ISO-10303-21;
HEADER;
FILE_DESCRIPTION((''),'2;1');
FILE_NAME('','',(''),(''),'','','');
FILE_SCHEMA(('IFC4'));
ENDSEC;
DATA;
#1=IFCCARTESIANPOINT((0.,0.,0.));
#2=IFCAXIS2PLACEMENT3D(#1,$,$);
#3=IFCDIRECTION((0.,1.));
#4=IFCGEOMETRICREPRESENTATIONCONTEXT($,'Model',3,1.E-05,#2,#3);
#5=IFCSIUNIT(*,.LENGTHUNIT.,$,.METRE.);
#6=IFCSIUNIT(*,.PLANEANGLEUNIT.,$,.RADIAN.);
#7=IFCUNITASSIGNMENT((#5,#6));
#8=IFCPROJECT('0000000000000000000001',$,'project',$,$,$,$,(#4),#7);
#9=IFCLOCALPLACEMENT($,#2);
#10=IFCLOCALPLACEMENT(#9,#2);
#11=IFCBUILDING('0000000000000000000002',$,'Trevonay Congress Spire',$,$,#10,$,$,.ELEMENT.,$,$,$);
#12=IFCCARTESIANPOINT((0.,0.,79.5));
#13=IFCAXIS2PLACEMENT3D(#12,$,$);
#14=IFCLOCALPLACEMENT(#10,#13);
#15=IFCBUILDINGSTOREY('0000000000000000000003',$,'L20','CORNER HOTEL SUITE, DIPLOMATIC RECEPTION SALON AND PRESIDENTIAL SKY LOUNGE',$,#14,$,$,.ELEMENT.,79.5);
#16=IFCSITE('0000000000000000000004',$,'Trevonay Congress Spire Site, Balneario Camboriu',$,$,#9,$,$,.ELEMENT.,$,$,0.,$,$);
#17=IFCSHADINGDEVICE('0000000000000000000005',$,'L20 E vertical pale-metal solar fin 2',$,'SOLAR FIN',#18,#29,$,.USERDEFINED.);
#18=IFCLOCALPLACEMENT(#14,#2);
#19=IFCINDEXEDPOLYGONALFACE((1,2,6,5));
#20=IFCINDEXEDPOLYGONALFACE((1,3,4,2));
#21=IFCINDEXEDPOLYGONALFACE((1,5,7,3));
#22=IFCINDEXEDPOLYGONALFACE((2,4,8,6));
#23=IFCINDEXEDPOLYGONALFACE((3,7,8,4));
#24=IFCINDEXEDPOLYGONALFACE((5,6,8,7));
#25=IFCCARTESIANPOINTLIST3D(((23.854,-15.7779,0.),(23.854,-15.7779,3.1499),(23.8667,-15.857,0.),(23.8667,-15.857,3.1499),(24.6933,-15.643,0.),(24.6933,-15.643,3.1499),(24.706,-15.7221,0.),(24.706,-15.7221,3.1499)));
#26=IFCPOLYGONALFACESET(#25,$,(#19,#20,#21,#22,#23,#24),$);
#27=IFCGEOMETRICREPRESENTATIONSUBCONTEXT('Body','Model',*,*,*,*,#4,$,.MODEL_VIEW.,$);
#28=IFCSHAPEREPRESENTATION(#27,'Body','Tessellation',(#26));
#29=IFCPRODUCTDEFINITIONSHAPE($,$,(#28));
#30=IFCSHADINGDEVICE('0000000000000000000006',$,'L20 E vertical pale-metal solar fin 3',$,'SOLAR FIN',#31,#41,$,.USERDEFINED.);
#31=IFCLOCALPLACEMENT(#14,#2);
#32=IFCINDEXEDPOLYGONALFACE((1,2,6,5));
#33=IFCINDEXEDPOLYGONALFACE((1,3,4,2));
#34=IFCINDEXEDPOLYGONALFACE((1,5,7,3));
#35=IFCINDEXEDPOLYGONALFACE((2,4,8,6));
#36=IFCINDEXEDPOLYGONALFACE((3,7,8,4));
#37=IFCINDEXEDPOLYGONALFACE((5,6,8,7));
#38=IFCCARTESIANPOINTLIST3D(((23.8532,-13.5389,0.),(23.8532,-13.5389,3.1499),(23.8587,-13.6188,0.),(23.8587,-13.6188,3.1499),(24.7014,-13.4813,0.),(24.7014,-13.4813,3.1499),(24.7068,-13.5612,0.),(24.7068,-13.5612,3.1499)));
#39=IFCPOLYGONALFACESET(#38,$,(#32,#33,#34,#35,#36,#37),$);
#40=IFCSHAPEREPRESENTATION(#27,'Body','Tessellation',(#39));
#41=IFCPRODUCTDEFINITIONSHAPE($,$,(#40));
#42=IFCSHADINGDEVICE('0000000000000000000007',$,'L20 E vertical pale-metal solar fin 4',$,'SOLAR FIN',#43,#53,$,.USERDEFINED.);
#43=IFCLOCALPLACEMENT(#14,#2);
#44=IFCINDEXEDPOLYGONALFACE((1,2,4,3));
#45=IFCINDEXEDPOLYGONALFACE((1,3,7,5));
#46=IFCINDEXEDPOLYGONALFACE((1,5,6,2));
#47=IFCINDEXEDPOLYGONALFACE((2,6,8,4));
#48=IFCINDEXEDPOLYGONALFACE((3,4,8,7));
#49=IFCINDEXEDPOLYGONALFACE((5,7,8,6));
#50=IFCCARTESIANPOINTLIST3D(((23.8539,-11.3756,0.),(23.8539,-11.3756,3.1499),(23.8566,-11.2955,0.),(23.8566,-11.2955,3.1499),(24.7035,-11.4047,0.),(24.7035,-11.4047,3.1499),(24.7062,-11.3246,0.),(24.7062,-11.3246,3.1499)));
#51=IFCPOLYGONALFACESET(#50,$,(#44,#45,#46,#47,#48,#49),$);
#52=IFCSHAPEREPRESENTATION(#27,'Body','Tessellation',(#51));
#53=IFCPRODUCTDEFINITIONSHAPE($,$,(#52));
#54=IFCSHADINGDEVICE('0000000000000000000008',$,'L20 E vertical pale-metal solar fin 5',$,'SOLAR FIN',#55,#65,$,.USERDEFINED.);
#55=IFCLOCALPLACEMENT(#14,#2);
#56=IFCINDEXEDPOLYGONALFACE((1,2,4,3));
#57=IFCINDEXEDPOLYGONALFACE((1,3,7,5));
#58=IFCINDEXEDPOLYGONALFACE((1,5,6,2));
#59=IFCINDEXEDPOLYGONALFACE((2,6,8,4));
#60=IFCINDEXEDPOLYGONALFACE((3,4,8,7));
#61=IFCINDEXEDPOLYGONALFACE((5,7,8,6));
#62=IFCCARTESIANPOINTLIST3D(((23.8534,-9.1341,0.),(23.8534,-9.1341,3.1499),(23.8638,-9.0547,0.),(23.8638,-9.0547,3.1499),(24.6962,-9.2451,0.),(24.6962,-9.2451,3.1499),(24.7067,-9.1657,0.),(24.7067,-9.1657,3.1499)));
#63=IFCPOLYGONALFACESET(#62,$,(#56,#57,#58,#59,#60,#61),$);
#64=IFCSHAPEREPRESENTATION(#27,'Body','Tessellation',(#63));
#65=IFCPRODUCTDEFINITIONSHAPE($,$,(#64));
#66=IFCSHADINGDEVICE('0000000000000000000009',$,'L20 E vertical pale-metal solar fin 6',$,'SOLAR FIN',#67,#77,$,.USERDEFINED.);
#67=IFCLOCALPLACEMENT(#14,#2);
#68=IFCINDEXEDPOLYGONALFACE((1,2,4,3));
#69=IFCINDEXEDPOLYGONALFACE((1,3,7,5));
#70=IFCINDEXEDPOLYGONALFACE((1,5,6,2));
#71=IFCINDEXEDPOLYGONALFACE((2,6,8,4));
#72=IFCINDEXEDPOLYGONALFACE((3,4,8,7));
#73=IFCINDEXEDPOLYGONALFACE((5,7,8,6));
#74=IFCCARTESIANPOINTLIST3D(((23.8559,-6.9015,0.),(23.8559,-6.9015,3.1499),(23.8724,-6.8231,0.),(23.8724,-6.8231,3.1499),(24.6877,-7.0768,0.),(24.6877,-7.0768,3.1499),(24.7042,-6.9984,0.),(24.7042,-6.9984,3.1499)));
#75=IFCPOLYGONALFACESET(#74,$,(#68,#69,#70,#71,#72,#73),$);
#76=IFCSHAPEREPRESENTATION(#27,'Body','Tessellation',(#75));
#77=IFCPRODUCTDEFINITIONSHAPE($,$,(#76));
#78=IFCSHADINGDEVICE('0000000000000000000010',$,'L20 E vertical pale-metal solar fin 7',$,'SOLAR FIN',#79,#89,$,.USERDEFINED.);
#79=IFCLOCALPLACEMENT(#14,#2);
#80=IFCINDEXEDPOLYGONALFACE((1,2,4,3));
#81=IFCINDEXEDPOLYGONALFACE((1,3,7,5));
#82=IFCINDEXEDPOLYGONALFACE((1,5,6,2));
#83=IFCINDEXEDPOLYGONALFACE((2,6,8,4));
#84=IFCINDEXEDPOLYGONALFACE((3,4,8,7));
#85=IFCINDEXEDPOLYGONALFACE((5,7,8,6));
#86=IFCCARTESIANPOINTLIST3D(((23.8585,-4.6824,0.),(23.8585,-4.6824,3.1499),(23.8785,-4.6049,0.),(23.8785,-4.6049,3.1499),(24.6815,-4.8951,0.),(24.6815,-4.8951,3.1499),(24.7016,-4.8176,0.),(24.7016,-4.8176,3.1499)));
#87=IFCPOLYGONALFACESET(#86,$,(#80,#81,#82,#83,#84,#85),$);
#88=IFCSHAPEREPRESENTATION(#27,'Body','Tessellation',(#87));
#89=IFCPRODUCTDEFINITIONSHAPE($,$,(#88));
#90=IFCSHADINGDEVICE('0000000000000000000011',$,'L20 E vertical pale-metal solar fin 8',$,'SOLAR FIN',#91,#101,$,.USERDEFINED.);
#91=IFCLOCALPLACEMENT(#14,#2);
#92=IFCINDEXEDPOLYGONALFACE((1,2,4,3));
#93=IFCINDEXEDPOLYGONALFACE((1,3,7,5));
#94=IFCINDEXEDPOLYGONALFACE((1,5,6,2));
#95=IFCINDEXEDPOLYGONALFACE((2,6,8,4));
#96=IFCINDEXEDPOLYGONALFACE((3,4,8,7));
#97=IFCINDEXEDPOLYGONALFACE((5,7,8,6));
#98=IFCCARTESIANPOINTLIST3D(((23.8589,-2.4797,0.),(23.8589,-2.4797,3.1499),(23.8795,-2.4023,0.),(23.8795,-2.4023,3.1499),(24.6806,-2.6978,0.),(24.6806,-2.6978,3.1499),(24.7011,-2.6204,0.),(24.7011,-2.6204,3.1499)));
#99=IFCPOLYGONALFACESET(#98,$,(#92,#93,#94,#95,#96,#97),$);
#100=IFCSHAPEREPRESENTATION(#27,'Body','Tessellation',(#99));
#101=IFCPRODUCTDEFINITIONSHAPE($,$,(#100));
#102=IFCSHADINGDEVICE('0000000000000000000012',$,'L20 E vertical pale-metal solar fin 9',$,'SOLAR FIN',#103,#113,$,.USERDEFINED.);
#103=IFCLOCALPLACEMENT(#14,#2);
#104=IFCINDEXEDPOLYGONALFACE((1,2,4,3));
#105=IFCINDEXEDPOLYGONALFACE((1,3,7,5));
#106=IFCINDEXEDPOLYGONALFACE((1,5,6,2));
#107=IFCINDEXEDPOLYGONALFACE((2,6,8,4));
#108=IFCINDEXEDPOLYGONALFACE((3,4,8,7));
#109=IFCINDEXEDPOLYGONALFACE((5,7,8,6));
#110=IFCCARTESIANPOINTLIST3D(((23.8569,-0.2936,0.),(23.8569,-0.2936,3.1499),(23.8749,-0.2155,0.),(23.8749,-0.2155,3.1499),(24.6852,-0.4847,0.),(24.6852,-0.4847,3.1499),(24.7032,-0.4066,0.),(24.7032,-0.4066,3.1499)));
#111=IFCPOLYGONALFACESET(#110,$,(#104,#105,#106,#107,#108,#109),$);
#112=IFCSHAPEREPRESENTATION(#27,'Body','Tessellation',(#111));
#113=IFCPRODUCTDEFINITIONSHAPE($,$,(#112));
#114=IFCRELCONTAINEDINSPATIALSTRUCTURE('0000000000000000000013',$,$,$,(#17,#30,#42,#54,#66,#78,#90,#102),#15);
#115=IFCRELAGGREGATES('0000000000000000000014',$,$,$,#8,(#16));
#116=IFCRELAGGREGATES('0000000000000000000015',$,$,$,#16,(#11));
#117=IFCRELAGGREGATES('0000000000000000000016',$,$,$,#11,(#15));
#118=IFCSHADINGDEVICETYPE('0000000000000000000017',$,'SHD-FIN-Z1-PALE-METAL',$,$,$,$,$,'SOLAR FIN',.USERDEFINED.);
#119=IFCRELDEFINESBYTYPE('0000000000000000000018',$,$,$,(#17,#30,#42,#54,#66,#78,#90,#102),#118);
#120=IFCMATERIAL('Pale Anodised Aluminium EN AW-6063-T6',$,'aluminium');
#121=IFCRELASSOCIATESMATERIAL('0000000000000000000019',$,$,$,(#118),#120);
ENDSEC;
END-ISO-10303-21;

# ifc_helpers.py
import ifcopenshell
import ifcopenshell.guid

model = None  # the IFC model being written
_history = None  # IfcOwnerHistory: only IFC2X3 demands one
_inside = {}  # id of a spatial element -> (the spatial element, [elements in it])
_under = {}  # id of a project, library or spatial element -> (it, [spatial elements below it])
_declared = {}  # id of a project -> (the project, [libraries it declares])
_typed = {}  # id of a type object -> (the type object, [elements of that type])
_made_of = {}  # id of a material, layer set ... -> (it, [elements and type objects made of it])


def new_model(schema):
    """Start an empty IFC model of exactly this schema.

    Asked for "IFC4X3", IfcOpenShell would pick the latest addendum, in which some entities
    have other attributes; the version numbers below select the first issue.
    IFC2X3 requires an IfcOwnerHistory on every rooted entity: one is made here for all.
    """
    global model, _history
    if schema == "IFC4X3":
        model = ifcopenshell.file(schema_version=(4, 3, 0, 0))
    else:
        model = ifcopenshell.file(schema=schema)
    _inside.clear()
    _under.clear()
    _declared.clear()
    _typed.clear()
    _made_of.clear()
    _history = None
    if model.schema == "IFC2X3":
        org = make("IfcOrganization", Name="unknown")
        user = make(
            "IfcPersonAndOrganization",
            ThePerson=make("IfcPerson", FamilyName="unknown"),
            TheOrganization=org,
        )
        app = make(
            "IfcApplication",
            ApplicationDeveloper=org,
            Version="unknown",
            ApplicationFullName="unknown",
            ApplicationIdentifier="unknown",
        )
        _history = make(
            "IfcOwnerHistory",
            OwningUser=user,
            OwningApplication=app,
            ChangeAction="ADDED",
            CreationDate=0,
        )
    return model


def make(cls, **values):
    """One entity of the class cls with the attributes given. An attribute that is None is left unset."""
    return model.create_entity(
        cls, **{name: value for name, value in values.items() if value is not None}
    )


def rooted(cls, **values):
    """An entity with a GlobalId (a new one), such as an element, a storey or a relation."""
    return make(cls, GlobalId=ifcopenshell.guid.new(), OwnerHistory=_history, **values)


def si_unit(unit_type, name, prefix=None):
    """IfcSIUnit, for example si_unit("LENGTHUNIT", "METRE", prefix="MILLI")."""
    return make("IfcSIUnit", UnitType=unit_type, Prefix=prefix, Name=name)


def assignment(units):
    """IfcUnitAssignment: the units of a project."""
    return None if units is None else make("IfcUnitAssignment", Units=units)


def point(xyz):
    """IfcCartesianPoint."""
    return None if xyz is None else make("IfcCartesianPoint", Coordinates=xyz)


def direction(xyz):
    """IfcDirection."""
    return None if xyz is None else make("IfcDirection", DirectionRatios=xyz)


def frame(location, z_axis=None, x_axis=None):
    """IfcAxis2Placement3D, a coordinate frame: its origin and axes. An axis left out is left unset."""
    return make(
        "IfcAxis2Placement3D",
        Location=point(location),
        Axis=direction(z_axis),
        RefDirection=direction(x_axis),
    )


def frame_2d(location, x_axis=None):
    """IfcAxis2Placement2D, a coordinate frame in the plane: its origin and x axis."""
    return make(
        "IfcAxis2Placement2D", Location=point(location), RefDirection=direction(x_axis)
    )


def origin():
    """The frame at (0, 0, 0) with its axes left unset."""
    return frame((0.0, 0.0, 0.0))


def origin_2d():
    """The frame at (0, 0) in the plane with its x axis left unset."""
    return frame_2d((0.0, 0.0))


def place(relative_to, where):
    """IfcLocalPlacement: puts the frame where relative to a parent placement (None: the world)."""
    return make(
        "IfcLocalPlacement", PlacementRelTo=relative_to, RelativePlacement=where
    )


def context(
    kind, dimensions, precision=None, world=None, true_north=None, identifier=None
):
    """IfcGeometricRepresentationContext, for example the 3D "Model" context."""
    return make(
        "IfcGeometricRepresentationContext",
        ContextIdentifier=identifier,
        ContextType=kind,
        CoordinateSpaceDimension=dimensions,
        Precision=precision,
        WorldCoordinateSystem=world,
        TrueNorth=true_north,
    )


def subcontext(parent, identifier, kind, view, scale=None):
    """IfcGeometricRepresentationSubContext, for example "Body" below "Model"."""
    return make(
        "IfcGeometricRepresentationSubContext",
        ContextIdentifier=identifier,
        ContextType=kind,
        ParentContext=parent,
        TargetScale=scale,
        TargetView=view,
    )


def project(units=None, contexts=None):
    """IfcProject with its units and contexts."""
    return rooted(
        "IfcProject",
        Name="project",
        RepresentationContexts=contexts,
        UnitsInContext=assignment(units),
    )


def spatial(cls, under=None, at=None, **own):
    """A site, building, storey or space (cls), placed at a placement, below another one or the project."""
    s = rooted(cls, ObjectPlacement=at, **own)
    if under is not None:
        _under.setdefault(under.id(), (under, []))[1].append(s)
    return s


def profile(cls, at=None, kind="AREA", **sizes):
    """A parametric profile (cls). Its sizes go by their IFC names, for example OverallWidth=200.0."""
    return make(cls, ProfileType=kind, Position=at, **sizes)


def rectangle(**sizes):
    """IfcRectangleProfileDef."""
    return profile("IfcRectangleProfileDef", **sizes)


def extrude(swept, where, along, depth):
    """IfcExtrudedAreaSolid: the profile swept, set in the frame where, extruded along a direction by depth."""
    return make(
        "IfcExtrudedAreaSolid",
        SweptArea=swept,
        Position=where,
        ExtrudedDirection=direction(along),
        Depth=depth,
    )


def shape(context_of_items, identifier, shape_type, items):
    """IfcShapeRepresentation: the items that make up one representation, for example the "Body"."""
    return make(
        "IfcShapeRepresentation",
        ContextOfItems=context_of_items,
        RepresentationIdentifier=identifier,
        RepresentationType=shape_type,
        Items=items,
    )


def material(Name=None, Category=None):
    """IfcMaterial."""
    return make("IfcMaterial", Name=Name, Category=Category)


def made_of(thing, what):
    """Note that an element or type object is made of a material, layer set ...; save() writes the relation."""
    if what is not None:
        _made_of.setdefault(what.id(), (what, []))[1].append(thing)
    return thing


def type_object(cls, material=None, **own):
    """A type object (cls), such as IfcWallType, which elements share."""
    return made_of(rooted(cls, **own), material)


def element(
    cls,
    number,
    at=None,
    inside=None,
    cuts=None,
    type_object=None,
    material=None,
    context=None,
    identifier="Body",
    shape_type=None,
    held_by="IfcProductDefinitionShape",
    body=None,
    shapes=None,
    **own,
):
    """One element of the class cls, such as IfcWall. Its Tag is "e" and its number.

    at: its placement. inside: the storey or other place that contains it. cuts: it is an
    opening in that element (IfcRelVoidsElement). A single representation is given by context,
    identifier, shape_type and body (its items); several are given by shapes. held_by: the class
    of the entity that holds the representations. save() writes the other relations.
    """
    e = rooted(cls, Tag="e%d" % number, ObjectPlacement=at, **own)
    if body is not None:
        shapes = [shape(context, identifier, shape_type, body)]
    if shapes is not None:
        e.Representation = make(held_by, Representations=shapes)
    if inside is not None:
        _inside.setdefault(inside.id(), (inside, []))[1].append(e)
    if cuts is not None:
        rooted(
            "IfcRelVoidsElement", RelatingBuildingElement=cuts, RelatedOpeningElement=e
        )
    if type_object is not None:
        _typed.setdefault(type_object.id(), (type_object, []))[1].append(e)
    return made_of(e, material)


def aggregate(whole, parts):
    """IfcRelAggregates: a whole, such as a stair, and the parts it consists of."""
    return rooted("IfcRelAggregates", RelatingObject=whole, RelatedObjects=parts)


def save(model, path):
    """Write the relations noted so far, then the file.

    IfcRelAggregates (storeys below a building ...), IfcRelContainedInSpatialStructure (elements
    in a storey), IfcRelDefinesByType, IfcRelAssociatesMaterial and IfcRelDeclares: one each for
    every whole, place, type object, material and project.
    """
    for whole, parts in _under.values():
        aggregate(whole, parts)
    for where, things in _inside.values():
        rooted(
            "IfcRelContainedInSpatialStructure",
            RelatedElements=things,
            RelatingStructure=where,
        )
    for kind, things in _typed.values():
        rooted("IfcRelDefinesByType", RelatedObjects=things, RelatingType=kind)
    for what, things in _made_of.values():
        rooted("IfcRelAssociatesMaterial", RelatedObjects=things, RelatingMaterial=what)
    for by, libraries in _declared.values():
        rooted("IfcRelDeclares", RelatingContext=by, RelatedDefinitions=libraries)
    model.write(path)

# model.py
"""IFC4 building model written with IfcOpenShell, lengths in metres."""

from ifc_helpers import new_model, si_unit, direction, frame, origin, origin_2d, place, context, subcontext, project, spatial, rectangle, extrude, material, type_object, element, save


model = new_model("IFC4")

# Units and contexts
model_context = context("Model", 3, precision=1e-05, world=origin(), true_north=direction((0.0, 1.0)))
body_context = subcontext(model_context, "Body", "Model", "MODEL_VIEW")
ifc_project = project(units=[si_unit("LENGTHUNIT", "METRE"), si_unit("PLANEANGLEUNIT", "RADIAN")], contexts=[model_context])

# Site, building, storey
site_placement = place(None, origin())
site = spatial("IfcSite", under=ifc_project, at=site_placement, Name="Trevonay Congress Spire Site, Balneario Camboriu", CompositionType="ELEMENT", RefElevation=0.0)
building_placement = place(site_placement, origin())
building = spatial("IfcBuilding", under=site, at=building_placement, Name="Trevonay Congress Spire", CompositionType="ELEMENT")
storey_placement = place(building_placement, frame((0.0, 0.0, 79.5)))
storey = spatial("IfcBuildingStorey", under=building, at=storey_placement, Name="L20", Description="CORNER HOTEL SUITE, DIPLOMATIC RECEPTION SALON AND PRESIDENTIAL SKY LOUNGE", CompositionType="ELEMENT", Elevation=79.5)

# Shared definitions
ifc_material_1 = material(Name="Pale Anodised Aluminium EN AW-6063-T6", Category="aluminium")

# Shading devices
shading_device_type = type_object("IfcShadingDeviceType", Name="SHD-FIN-Z1-PALE-METAL", ElementType="SOLAR FIN", PredefinedType="USERDEFINED", material=ifc_material_1)
for number, where, z_axis, x_axis, name in (
    (1, (24.28, -15.75, 0.0), (0.0, 0.0, 1.0), (-0.158675, 0.987331, 0.0), "L20 E vertical pale-metal solar fin 2"),
    (2, (24.28, -13.55, 0.0), (0.0, 0.0, 1.0), (-0.067667, 0.997708, 0.0), "L20 E vertical pale-metal solar fin 3"),
    (3, (24.28, -11.3501, 0.0), (0.0, 0.0, 1.0), (0.034202, 0.999415, 0.0), "L20 E vertical pale-metal solar fin 4"),
    (4, (24.28, -9.1499, 0.0), (0.0, 0.0, 1.0), (0.130526, 0.991445, 0.0), "L20 E vertical pale-metal solar fin 5"),
    (5, (24.28, -6.95, 0.0), (0.0, 0.0, 1.0), (0.206204, 0.978509, 0.0), "L20 E vertical pale-metal solar fin 6"),
    (6, (24.28, -4.75, 0.0), (0.0, 0.0, 1.0), (0.250211, 0.968191, 0.0), "L20 E vertical pale-metal solar fin 7"),
    (7, (24.28, -2.55, 0.0), (0.0, 0.0, 1.0), (0.256627, 0.966511, 0.0), "L20 E vertical pale-metal solar fin 8"),
    (8, (24.28, -0.3501, 0.0), (0.0, 0.0, 1.0), (0.224781, 0.974409, 0.0), "L20 E vertical pale-metal solar fin 9"),
):
    element("IfcShadingDevice", number, at=place(storey_placement, frame(where, z_axis=z_axis, x_axis=x_axis)), inside=storey, type_object=shading_device_type, Name=name, ObjectType="SOLAR FIN", PredefinedType="USERDEFINED", context=body_context, shape_type="SweptSolid", body=[
        extrude(rectangle(XDim=0.0801, YDim=0.8501, at=origin_2d()), origin(), (0.0, 0.0, 1.0), 3.1499),
    ])

save(model, "model.ifc")
